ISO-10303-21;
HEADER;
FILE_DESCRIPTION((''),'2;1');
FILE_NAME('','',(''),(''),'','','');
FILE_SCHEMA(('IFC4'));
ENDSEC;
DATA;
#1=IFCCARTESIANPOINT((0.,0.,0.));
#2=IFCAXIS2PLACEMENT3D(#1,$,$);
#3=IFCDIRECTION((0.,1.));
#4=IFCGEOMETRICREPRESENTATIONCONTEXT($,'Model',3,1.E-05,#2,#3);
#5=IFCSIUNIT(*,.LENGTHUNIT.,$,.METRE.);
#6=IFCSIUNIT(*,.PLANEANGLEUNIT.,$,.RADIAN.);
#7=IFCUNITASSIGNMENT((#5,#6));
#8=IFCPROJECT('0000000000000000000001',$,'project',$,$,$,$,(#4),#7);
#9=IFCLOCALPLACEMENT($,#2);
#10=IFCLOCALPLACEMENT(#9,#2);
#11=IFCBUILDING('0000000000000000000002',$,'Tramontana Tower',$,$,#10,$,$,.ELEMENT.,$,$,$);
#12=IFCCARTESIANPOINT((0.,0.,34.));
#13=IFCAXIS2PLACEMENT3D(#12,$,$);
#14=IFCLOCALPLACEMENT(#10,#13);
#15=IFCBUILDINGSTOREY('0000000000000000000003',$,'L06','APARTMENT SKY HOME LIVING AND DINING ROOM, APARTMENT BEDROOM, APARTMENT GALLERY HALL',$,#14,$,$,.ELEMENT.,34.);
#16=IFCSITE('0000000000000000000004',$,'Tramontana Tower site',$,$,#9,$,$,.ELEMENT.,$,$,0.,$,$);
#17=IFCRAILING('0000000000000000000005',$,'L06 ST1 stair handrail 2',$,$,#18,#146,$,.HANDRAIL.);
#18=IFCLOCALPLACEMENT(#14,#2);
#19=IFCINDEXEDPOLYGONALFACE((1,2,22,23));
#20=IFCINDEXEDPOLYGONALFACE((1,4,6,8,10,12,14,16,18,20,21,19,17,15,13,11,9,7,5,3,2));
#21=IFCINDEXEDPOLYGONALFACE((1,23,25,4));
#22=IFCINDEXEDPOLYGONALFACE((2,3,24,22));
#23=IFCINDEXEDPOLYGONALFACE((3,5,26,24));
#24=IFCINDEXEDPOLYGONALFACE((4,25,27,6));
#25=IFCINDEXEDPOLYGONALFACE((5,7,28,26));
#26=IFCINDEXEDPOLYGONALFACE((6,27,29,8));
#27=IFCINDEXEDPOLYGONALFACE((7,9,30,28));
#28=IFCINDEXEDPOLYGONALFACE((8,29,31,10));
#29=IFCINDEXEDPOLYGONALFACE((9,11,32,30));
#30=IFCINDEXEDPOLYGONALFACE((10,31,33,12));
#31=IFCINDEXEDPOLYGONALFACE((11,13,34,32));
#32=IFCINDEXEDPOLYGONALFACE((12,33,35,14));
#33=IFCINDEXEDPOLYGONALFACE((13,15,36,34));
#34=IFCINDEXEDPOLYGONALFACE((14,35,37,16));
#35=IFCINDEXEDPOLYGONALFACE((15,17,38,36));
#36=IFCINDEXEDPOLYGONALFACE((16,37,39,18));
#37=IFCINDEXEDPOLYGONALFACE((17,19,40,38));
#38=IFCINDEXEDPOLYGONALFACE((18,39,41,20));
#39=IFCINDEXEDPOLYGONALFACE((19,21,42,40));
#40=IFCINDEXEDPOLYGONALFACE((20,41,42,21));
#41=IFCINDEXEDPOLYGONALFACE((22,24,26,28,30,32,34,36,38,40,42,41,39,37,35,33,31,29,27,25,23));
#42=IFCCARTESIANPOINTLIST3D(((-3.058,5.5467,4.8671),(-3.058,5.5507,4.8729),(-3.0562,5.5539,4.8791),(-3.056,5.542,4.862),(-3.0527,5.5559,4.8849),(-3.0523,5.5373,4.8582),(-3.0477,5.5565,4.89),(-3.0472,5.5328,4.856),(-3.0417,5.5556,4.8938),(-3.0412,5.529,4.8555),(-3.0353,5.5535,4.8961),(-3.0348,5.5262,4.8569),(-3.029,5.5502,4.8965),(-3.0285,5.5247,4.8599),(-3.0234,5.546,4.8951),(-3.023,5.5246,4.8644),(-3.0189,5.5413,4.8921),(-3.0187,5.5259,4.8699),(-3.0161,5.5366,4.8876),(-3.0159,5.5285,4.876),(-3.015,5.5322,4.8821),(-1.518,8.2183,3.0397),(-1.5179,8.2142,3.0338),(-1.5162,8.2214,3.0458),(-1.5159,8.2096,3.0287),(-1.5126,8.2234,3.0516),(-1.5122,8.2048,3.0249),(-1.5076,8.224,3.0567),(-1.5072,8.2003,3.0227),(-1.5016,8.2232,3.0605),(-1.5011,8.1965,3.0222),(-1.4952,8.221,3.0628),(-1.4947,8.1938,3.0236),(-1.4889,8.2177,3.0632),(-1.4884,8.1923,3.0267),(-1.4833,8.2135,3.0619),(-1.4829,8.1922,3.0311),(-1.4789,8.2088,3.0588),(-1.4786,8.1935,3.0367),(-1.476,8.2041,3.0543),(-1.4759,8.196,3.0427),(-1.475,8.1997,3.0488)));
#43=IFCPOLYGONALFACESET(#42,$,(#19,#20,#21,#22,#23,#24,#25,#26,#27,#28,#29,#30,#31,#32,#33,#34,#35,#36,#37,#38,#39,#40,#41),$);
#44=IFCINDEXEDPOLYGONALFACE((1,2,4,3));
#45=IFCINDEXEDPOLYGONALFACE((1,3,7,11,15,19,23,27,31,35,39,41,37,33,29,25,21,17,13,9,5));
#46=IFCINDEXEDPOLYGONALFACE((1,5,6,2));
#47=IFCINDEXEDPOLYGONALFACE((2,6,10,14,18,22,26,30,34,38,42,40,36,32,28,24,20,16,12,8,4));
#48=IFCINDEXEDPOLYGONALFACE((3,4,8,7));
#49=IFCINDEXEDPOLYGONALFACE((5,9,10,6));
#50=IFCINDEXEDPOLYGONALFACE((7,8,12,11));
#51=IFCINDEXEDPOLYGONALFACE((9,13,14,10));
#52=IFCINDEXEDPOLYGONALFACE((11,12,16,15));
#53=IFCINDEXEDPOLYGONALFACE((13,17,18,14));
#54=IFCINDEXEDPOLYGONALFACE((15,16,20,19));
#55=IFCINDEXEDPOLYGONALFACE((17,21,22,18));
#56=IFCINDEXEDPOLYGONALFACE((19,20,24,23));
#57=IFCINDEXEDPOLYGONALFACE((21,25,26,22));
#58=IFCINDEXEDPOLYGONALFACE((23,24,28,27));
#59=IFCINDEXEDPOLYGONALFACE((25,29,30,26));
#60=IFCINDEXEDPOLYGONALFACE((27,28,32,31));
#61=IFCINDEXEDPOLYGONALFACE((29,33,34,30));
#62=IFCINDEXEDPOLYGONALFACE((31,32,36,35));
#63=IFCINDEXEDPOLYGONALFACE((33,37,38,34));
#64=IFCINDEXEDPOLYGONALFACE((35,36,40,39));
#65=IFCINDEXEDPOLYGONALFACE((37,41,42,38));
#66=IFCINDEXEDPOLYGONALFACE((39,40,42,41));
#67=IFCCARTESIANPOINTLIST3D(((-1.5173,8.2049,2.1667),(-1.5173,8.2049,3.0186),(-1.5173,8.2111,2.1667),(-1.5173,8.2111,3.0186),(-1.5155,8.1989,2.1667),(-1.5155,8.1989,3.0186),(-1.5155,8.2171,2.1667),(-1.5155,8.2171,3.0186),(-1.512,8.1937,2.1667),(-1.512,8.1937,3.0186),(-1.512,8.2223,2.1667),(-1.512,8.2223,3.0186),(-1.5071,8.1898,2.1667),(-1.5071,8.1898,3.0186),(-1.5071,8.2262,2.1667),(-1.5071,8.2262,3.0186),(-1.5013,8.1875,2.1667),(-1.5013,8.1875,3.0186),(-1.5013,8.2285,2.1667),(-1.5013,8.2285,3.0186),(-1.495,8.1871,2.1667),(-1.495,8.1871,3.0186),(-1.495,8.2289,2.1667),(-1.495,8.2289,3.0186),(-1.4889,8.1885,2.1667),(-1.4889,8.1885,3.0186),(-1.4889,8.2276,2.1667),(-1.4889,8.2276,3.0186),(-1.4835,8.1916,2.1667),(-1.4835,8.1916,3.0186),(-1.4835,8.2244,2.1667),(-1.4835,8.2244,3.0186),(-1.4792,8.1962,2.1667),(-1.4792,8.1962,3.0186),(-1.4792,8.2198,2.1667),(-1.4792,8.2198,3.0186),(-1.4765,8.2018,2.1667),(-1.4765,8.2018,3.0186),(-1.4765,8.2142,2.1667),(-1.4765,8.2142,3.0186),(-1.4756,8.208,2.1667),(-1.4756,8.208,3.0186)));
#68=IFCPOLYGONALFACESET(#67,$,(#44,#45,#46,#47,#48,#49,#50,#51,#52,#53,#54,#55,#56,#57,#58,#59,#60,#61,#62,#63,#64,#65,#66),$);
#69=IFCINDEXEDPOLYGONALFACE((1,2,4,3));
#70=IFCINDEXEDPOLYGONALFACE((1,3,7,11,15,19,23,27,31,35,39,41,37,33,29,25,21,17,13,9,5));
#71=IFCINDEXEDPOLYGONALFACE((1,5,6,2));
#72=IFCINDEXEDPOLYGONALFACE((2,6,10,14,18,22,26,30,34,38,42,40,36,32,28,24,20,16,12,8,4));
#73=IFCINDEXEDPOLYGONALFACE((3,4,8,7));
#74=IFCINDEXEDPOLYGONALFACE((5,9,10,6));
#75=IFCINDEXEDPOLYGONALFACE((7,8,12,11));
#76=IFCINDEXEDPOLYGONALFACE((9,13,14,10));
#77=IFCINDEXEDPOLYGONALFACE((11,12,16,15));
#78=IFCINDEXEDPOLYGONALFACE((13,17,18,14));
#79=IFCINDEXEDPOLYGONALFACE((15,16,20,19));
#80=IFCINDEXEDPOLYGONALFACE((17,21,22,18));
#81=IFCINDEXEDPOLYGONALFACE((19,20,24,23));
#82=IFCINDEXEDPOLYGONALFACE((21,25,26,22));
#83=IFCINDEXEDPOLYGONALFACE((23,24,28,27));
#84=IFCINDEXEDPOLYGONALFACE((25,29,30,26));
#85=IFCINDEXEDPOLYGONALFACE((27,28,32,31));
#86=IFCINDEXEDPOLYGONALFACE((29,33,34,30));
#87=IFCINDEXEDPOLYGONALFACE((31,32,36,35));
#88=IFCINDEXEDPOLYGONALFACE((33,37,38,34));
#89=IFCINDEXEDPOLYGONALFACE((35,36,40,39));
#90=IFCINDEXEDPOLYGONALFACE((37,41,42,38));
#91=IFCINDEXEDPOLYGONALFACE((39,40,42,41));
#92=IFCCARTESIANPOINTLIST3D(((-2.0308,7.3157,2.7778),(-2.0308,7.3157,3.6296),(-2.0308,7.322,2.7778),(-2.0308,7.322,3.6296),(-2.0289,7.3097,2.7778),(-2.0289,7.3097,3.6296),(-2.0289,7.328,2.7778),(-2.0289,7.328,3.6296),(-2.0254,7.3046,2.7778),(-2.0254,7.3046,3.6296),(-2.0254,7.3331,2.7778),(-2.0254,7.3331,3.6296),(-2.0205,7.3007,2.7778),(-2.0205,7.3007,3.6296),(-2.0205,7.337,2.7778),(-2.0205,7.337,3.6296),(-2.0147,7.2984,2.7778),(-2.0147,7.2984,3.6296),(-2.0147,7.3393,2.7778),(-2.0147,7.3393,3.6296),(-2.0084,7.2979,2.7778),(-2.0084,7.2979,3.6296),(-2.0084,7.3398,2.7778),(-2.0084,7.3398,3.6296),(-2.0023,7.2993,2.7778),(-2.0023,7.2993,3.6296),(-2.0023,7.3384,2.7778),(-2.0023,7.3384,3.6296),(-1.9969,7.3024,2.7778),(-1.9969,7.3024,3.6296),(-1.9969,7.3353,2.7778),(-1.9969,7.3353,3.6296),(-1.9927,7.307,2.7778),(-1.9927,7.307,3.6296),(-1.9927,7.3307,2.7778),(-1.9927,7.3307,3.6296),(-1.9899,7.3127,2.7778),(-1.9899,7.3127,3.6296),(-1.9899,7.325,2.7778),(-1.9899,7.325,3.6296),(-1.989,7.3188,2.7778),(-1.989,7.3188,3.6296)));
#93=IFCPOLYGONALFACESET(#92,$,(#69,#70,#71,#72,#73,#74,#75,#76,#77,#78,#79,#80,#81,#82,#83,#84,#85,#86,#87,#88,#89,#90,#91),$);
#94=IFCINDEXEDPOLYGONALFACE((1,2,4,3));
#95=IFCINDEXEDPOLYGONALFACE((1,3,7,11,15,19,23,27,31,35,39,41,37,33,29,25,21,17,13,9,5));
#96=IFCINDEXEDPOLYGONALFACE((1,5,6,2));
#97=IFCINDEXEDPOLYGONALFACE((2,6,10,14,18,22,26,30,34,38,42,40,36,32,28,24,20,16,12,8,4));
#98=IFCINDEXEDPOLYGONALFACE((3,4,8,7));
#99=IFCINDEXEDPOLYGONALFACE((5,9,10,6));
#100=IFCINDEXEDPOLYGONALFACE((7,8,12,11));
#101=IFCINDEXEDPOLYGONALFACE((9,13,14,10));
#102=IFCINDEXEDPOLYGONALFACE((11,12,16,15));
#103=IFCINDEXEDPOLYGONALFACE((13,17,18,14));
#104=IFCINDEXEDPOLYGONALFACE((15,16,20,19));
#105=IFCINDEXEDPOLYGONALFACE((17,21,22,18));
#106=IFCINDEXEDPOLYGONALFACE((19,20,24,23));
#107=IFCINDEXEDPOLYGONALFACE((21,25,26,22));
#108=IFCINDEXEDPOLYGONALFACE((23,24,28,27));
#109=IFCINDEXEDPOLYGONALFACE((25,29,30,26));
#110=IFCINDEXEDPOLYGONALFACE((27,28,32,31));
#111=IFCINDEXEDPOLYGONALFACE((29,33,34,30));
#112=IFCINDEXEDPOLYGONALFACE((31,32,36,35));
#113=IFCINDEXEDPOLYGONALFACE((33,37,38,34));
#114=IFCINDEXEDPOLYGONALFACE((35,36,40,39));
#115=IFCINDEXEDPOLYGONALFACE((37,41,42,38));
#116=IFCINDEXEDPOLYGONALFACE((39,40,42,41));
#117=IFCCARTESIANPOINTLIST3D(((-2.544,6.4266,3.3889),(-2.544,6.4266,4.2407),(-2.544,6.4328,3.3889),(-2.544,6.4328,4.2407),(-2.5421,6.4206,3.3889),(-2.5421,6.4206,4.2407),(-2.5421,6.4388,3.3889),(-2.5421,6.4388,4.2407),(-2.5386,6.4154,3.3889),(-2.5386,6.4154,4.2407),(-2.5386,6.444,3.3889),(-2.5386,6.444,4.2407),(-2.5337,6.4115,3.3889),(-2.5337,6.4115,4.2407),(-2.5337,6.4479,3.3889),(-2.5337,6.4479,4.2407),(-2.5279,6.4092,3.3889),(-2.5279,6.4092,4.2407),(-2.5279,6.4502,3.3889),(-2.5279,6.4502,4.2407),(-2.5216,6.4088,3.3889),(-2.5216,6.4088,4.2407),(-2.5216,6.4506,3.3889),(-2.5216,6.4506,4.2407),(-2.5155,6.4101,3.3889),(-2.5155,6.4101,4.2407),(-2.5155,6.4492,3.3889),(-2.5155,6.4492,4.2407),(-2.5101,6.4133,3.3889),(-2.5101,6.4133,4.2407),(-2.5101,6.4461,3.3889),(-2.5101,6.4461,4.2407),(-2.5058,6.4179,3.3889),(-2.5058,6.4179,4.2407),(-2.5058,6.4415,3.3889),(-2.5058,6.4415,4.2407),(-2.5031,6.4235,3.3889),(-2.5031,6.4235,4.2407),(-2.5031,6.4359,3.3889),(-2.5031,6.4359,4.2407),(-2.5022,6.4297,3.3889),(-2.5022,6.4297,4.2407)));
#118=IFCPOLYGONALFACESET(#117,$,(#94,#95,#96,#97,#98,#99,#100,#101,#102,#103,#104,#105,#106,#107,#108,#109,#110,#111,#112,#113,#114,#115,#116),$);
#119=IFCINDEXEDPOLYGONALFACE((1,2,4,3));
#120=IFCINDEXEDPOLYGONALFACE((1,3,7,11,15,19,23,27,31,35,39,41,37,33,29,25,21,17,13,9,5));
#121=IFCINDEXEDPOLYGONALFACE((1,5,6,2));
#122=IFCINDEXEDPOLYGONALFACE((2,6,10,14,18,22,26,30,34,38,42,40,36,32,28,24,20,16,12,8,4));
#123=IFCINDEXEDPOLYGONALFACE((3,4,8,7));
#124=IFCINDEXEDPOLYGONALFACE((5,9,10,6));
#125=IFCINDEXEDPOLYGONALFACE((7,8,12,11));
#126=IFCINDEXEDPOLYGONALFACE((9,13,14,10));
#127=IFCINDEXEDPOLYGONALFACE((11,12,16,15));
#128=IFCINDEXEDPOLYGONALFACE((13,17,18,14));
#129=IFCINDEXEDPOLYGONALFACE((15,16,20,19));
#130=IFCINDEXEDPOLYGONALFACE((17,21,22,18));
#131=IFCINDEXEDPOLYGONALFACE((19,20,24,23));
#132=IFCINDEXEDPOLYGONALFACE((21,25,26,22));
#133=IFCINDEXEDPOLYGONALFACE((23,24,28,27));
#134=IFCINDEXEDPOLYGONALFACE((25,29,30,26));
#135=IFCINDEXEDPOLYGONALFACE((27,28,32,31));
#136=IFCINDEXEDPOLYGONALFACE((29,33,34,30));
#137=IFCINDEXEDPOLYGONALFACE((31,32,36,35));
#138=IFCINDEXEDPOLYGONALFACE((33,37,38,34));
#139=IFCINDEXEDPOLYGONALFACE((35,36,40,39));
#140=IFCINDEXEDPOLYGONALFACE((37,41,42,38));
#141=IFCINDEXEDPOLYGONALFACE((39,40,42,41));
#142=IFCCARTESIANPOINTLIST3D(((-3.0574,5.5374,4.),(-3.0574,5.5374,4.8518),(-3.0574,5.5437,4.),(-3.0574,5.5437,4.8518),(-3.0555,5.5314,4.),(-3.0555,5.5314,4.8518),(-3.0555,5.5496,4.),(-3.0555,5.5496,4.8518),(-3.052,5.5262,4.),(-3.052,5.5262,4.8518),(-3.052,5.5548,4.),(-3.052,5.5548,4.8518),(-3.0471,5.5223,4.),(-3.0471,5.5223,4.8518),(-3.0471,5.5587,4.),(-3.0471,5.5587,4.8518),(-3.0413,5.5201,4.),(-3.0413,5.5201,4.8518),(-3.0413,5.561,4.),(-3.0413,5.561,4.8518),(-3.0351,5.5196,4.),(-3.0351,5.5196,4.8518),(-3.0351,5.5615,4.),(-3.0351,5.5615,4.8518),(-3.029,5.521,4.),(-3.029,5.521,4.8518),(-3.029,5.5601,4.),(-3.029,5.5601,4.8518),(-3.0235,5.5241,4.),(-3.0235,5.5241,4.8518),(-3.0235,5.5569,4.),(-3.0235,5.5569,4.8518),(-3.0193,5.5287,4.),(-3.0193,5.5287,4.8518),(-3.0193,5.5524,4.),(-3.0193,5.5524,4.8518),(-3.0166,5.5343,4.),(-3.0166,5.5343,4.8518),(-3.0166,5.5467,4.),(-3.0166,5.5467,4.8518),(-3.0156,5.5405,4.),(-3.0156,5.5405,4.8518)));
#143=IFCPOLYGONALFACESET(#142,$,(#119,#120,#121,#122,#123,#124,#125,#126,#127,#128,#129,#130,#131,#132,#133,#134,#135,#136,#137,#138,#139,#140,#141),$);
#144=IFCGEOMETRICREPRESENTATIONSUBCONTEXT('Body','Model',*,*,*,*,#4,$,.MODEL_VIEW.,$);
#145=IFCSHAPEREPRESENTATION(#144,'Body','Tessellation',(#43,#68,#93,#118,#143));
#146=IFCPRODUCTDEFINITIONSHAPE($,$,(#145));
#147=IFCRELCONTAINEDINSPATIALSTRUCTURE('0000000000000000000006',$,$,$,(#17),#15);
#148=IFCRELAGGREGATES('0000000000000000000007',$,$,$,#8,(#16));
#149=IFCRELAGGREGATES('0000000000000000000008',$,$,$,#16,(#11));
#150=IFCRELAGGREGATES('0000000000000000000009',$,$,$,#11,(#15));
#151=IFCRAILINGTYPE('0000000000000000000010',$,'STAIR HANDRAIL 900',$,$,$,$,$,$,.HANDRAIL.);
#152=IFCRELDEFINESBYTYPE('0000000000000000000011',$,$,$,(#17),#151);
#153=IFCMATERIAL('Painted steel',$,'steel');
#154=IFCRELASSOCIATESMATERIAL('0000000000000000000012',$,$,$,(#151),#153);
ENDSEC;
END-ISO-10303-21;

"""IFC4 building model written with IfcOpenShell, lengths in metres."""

from ifc_helpers import new_model, si_unit, direction, frame, origin, origin_2d, place, context, subcontext, project, spatial, circle, extrude, material, type_object, element, save


model = new_model("IFC4")

# Units and contexts
model_context = context("Model", 3, precision=1e-05, world=origin(), true_north=direction((0.0, 1.0)))
body_context = subcontext(model_context, "Body", "Model", "MODEL_VIEW")
ifc_project = project(units=[si_unit("LENGTHUNIT", "METRE"), si_unit("PLANEANGLEUNIT", "RADIAN")], contexts=[model_context])

# Site, building, storey
site_placement = place(None, origin())
site = spatial("IfcSite", under=ifc_project, at=site_placement, Name="Tramontana Tower site", CompositionType="ELEMENT", RefElevation=0.0)
building_placement = place(site_placement, origin())
building = spatial("IfcBuilding", under=site, at=building_placement, Name="Tramontana Tower", CompositionType="ELEMENT")
storey_placement = place(building_placement, frame((0.0, 0.0, 34.0)))
storey = spatial("IfcBuildingStorey", under=building, at=storey_placement, Name="L06", Description="APARTMENT SKY HOME LIVING AND DINING ROOM, APARTMENT BEDROOM, APARTMENT GALLERY HALL", CompositionType="ELEMENT", Elevation=34.0)

# Railing
ifc_material_1 = material(Name="Painted steel", Category="steel")
railing_type = type_object("IfcRailingType", Name="STAIR HANDRAIL 900", PredefinedType="HANDRAIL", material=ifc_material_1)
railing_placement = place(storey_placement, frame((-1.4966, 8.208, 2.1667)))
element("IfcRailing", 1, at=railing_placement, inside=storey, type_object=railing_type, Name="L06 ST1 stair handrail 2", PredefinedType="HANDRAIL", context=body_context, shape_type="SweptSolid", body=[
    extrude(circle(Radius=0.0239, at=origin_2d()), frame((0.0, 0.0, 0.876), z_axis=(-0.429649, -0.74419, 0.511452), x_axis=(0.86603, -0.499992, 0.0)), (0.0, 0.0, 1.0), 3.5845),
    extrude(circle(Radius=0.021, at=origin_2d()), origin(), (0.0, 0.0, 1.0), 0.8518),
    extrude(circle(Radius=0.021, at=origin_2d()), frame((-0.5134, -0.8892, 0.6111)), (0.0, 0.0, 1.0), 0.8518),
    extrude(circle(Radius=0.021, at=origin_2d()), frame((-1.0266, -1.7783, 1.2222)), (0.0, 0.0, 1.0), 0.8518),
    extrude(circle(Radius=0.021, at=origin_2d()), frame((-1.54, -2.6675, 1.8333)), (0.0, 0.0, 1.0), 0.8518),
])

save(model, "model.ifc")
